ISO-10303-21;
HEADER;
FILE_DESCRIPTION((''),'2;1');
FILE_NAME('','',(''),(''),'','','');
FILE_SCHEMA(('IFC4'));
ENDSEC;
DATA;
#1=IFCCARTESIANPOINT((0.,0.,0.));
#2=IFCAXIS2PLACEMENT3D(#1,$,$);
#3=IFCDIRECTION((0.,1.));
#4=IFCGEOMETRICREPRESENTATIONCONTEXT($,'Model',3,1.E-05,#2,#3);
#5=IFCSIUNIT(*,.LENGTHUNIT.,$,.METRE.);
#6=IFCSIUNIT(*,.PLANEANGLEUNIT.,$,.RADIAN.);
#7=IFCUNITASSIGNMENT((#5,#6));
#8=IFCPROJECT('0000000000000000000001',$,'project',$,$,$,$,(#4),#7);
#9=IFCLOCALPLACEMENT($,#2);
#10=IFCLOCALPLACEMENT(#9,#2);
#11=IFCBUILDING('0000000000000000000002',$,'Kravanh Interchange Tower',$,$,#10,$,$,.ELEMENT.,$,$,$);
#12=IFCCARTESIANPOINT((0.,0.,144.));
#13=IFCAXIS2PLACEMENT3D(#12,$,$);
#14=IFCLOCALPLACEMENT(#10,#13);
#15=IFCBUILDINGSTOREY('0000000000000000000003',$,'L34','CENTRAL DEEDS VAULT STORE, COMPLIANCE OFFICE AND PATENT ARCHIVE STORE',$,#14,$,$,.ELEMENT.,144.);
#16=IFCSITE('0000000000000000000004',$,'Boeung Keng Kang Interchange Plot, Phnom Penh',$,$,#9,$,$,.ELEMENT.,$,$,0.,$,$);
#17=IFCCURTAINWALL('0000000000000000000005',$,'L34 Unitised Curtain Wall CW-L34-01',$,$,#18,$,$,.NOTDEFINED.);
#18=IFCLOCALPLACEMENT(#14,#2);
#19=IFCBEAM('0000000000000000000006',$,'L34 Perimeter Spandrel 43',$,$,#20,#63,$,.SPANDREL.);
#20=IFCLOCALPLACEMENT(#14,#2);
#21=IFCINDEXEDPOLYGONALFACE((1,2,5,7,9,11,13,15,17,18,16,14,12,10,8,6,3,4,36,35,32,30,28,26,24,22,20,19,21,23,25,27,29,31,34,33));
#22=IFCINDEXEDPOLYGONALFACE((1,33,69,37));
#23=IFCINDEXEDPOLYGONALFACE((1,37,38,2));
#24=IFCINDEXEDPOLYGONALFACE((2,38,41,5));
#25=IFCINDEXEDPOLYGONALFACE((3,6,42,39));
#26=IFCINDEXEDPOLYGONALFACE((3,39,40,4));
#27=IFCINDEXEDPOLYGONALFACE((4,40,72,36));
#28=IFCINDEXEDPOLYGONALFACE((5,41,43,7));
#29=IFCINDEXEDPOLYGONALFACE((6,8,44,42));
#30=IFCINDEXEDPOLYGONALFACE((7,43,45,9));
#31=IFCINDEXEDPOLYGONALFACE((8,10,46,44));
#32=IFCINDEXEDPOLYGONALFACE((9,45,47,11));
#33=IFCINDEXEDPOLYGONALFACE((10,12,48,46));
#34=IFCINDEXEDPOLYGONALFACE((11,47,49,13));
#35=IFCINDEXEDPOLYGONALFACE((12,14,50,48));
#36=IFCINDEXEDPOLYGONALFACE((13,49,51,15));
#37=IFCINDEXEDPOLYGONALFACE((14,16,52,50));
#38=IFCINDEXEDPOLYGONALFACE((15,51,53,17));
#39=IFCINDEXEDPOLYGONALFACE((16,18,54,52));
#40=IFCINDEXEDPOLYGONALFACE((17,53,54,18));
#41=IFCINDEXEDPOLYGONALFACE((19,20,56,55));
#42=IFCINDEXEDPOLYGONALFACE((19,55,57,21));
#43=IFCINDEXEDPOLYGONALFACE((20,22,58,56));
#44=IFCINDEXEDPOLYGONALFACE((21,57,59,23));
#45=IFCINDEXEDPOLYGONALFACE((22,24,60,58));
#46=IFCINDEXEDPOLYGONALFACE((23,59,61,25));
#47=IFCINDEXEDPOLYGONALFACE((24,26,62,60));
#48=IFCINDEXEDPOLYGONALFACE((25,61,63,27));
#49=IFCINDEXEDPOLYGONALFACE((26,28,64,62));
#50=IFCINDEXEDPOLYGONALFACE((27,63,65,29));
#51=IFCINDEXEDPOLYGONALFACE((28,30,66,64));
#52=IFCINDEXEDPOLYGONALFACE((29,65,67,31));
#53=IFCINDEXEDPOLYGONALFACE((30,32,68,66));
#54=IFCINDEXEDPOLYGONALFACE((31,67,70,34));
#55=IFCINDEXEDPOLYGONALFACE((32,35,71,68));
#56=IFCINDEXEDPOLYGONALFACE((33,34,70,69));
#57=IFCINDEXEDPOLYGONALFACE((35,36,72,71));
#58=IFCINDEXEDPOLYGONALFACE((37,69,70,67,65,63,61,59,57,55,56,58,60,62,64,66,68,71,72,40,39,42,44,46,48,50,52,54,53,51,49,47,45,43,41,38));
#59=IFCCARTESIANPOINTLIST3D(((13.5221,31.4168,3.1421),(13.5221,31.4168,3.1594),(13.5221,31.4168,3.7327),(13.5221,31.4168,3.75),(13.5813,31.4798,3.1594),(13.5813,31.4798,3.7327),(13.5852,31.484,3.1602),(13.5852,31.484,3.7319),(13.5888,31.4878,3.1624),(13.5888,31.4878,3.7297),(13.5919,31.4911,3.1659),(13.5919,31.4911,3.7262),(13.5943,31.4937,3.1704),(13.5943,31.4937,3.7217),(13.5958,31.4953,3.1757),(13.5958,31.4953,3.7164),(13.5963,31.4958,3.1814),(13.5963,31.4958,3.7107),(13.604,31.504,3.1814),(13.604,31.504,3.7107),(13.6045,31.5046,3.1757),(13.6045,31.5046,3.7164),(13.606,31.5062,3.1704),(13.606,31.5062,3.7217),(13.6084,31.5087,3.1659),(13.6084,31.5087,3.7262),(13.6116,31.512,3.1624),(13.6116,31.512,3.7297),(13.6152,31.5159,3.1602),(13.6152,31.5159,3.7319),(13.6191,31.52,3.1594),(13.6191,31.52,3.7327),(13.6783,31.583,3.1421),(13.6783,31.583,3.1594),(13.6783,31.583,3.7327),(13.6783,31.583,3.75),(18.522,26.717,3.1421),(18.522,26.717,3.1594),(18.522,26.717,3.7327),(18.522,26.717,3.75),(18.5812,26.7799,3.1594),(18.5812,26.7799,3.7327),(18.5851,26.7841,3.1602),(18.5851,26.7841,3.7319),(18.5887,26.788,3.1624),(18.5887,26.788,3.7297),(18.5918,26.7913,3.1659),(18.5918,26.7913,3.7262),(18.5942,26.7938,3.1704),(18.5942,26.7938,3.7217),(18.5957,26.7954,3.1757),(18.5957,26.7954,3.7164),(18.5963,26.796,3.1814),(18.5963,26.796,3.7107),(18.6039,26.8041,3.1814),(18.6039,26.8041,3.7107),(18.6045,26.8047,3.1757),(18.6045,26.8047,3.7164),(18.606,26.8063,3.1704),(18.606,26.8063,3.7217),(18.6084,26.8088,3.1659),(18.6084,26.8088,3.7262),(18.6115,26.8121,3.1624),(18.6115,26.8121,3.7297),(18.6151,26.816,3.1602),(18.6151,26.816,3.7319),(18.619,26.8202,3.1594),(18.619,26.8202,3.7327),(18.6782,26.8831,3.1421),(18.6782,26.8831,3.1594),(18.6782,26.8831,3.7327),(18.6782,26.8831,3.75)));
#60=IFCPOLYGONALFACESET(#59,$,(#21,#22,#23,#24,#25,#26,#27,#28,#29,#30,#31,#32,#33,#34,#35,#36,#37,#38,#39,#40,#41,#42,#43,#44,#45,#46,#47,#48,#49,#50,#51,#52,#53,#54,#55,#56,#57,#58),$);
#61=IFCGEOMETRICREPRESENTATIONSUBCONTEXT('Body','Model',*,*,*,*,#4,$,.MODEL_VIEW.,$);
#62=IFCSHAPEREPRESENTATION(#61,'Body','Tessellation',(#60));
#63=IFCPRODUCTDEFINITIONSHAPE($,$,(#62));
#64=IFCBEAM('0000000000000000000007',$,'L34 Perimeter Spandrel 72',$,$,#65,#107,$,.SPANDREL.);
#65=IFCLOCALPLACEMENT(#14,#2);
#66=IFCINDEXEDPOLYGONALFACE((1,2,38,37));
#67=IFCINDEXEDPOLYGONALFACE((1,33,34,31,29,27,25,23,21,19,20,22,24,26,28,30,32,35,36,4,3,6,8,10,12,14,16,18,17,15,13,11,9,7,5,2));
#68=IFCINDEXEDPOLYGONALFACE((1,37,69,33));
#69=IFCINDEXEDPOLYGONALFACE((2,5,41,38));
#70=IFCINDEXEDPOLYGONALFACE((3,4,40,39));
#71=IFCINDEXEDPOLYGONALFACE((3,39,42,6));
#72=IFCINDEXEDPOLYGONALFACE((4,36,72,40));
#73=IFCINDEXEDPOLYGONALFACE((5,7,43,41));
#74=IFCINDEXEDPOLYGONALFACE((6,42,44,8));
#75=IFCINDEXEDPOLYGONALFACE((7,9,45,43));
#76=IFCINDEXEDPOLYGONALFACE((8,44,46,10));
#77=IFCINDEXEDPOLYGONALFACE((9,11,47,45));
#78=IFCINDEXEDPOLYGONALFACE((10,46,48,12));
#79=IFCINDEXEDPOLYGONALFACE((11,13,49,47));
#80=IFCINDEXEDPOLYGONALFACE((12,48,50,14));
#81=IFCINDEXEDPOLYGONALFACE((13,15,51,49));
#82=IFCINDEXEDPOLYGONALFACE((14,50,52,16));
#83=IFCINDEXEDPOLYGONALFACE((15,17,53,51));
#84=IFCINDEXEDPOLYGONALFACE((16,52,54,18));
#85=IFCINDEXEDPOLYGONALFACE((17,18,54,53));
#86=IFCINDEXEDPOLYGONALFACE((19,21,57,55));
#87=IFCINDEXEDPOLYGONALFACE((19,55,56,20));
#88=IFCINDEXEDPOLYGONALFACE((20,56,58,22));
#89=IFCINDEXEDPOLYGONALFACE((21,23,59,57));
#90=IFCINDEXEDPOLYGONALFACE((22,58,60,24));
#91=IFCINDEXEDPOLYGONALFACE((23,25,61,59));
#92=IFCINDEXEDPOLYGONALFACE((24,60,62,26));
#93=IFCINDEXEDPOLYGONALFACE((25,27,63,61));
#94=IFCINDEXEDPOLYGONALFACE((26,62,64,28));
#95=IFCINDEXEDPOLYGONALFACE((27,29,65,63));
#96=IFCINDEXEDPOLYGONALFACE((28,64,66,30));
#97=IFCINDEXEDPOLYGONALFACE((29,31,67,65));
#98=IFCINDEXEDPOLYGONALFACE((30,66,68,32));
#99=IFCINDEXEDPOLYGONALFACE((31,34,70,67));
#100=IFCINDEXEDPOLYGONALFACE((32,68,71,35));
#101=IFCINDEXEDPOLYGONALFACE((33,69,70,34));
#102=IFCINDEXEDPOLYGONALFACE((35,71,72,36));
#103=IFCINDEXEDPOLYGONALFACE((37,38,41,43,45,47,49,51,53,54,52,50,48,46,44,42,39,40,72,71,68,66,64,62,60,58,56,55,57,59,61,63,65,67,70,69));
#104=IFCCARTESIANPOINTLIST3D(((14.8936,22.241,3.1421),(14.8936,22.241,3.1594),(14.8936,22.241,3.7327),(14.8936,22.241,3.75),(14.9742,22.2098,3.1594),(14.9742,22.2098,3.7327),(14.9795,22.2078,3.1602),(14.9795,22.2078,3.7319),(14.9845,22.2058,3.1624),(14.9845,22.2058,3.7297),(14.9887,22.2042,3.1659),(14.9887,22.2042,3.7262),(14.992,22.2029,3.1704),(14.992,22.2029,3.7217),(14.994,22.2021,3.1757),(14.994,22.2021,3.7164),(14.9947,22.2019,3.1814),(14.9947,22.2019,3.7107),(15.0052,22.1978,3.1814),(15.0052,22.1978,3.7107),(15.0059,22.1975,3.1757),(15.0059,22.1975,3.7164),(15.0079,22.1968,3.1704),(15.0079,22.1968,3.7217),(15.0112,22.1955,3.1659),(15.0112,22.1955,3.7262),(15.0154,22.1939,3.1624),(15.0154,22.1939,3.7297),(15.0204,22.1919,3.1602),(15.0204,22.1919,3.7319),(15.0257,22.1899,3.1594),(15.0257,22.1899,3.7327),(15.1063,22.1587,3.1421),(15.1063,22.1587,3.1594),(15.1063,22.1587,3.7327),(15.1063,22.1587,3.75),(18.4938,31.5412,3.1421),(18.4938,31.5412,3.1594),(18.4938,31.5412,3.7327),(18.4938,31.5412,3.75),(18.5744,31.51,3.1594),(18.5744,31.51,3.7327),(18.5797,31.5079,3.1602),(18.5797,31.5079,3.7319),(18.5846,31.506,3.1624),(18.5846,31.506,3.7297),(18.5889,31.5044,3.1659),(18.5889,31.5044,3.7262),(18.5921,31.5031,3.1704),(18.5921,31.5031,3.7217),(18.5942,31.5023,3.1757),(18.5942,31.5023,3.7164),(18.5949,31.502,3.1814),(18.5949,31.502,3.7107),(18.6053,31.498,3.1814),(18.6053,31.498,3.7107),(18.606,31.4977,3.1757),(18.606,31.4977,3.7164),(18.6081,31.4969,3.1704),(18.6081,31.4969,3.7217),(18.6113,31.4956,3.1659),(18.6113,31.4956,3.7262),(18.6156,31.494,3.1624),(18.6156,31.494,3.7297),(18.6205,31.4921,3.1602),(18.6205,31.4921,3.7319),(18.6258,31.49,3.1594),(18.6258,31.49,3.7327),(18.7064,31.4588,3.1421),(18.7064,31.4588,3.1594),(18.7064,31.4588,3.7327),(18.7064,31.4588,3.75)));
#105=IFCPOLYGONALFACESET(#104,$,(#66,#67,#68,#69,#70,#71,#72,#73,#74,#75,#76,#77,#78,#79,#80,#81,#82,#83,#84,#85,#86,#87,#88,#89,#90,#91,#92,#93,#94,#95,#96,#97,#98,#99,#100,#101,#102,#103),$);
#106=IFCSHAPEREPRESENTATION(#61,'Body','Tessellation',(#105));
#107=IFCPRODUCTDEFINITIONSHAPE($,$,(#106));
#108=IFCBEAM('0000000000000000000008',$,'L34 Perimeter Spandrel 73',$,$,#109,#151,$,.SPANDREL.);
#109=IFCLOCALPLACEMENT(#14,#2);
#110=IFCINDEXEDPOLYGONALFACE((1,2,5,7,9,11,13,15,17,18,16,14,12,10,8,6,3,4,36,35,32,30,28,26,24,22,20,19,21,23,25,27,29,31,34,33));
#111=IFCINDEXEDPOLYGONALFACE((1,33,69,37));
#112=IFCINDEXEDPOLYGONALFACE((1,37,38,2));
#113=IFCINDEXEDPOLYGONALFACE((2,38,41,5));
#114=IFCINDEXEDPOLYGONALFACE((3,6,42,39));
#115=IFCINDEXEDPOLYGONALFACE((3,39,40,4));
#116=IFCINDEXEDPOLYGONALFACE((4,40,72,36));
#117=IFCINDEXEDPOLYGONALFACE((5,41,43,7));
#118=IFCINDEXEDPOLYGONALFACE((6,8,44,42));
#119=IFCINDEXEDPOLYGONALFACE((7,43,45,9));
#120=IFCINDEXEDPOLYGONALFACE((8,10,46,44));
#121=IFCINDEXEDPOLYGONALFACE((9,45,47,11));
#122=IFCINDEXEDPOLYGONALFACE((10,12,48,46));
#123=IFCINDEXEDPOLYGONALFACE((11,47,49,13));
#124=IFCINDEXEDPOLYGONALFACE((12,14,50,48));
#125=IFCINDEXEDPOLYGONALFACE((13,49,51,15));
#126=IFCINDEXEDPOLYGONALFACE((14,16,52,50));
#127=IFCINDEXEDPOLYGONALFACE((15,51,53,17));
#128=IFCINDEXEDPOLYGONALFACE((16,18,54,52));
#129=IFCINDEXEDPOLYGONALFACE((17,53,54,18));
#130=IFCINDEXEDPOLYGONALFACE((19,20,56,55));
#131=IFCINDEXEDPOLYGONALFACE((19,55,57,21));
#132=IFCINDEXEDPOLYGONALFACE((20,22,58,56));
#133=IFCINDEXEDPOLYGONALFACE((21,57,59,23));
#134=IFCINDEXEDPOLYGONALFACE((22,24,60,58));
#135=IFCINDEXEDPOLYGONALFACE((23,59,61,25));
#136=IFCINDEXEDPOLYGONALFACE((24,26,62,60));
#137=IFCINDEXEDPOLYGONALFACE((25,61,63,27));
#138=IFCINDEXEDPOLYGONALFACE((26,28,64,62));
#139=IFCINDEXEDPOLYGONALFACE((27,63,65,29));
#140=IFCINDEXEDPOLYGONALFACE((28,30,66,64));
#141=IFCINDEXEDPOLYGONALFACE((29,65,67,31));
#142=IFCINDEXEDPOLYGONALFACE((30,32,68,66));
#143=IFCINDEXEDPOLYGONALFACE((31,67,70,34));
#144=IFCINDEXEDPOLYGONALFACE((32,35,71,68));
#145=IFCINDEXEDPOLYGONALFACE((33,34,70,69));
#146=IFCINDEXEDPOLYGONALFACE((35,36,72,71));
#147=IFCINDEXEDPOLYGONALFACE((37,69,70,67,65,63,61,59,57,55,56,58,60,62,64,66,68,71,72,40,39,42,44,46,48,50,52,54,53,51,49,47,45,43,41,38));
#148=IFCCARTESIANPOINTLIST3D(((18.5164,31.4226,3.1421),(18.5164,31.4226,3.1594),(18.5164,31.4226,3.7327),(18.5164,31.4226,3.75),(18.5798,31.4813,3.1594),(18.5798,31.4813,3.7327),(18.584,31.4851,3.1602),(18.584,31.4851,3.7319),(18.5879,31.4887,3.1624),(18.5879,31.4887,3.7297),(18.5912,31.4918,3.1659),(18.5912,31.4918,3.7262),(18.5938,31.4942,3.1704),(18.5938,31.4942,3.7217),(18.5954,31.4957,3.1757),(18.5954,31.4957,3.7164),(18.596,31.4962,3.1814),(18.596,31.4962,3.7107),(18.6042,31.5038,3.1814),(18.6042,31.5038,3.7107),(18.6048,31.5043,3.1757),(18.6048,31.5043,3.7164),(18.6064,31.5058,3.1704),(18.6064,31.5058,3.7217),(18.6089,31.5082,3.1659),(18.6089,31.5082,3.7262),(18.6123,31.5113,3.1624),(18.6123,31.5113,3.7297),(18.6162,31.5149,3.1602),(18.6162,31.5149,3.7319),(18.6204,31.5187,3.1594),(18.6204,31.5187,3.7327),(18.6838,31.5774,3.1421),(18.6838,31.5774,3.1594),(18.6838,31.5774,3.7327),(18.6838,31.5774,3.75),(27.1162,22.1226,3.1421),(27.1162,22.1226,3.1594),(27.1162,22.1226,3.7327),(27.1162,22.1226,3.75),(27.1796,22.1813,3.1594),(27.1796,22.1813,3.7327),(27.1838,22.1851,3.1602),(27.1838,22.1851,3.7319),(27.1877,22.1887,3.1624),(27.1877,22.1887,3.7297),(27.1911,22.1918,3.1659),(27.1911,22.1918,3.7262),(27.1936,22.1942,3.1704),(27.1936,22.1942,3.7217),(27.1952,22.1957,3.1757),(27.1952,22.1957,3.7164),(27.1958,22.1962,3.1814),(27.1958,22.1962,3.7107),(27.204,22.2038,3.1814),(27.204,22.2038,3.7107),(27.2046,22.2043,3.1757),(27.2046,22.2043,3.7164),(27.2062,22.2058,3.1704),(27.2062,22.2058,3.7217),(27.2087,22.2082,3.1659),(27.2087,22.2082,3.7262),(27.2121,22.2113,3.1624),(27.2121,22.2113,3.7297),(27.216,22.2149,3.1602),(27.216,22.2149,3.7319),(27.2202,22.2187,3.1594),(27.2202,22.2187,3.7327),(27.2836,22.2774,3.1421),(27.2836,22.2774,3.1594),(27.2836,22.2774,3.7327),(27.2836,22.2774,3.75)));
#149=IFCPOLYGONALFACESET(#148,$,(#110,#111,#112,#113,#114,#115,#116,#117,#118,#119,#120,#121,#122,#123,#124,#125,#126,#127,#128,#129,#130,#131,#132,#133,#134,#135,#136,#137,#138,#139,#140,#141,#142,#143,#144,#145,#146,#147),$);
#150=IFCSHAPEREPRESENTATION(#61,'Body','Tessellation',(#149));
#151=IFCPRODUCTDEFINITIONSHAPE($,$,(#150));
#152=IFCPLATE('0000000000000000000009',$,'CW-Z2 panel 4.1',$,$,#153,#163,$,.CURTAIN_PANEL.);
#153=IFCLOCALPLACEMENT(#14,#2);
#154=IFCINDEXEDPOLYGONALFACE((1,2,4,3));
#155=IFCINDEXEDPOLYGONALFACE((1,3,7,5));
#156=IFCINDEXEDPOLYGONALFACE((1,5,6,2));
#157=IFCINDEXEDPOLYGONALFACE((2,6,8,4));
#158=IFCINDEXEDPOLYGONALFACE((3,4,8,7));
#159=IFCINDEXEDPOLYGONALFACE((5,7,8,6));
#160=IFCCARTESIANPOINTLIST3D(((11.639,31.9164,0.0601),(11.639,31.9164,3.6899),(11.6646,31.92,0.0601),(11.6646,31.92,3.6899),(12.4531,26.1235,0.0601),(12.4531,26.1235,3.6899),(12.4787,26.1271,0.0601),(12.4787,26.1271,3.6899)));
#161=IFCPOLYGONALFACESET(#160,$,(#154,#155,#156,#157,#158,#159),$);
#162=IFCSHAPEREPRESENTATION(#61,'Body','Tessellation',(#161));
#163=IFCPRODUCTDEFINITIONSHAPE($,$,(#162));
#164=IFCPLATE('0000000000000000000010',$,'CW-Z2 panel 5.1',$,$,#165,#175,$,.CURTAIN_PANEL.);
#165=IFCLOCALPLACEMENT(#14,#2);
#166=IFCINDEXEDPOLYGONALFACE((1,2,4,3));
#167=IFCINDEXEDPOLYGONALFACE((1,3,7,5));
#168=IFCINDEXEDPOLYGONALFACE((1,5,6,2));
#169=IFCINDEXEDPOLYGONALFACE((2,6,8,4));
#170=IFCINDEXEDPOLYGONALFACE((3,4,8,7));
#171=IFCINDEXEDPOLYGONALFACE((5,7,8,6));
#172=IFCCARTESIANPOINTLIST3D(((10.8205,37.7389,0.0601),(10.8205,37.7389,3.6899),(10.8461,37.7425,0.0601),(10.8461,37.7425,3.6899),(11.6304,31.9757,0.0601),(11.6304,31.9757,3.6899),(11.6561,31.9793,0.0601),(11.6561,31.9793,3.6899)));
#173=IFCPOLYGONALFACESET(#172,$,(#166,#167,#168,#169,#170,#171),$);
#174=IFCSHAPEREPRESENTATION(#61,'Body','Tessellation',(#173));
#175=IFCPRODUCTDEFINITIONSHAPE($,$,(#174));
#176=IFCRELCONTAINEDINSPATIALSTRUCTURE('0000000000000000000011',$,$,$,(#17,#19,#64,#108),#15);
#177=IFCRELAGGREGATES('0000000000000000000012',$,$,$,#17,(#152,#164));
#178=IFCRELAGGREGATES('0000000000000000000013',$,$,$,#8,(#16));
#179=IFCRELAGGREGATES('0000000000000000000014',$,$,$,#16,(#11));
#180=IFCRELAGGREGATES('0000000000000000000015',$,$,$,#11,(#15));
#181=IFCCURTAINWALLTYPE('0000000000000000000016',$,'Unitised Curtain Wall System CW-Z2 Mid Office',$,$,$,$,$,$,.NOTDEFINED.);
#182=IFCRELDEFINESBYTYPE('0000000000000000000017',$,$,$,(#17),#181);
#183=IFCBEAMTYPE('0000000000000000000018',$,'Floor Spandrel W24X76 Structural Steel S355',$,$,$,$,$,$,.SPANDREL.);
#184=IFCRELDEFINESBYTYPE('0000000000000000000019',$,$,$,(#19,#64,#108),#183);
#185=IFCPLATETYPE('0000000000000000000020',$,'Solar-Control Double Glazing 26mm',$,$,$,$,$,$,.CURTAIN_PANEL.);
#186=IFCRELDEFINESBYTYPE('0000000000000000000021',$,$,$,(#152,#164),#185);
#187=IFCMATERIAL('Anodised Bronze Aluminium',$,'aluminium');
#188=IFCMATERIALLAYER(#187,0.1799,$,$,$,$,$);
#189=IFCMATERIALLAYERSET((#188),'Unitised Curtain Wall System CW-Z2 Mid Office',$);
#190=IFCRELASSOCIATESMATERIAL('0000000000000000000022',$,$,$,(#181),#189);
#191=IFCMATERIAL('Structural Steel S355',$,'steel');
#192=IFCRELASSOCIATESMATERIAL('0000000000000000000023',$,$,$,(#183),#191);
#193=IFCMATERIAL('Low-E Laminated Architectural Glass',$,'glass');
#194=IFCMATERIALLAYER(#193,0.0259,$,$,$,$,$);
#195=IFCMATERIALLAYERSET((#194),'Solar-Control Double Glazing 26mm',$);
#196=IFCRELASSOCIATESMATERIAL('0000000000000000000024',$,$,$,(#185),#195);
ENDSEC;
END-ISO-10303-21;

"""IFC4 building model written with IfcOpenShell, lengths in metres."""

from ifc_helpers import new_model, si_unit, direction, frame, origin, origin_2d, place, context, subcontext, project, spatial, rectangle, i_section, extrude, material, layer, layer_set, material_profile, profile_set, type_object, element, aggregate, save


model = new_model("IFC4")

# Units and contexts
model_context = context("Model", 3, precision=1e-05, world=origin(), true_north=direction((0.0, 1.0)))
body_context = subcontext(model_context, "Body", "Model", "MODEL_VIEW")
ifc_project = project(units=[si_unit("LENGTHUNIT", "METRE"), si_unit("PLANEANGLEUNIT", "RADIAN")], contexts=[model_context])

# Site, building, storey
site_placement = place(None, origin())
site = spatial("IfcSite", under=ifc_project, at=site_placement, Name="Boeung Keng Kang Interchange Plot, Phnom Penh", CompositionType="ELEMENT", RefElevation=0.0)
building_placement = place(site_placement, origin())
building = spatial("IfcBuilding", under=site, at=building_placement, Name="Kravanh Interchange Tower", CompositionType="ELEMENT")
storey_placement = place(building_placement, frame((0.0, 0.0, 144.0)))
storey = spatial("IfcBuildingStorey", under=building, at=storey_placement, Name="L34", Description="CENTRAL DEEDS VAULT STORE, COMPLIANCE OFFICE AND PATENT ARCHIVE STORE", CompositionType="ELEMENT", Elevation=144.0)

# Curtain wall
ifc_material_1 = material(Name="Anodised Bronze Aluminium", Category="aluminium")
ifc_layer_1 = layer(ifc_material_1, 0.1799)
ifc_layer_set_1 = layer_set([ifc_layer_1], Name="Unitised Curtain Wall System CW-Z2 Mid Office")
curtain_wall_type = type_object("IfcCurtainWallType", Name="Unitised Curtain Wall System CW-Z2 Mid Office", PredefinedType="NOTDEFINED", material=ifc_layer_set_1)
curtain_wall_placement = place(storey_placement, origin())
curtain_wall = element("IfcCurtainWall", 1, at=curtain_wall_placement, inside=storey, type_object=curtain_wall_type, Name="L34 Unitised Curtain Wall CW-L34-01", PredefinedType="NOTDEFINED")

# Beams
ifc_material_2 = material(Name="Structural Steel S355", Category="steel")
ifc_material_profile_1 = material_profile(ifc_material_2, i_section(OverallWidth=0.228, OverallDepth=0.6079, WebThickness=0.0112, FlangeThickness=0.0173, FilletRadius=0.022, at=origin_2d()), Name="W24X76")
ifc_profile_set_1 = profile_set([ifc_material_profile_1], Name="Structural Steel S355")
beam_type_1 = type_object("IfcBeamType", Name="Floor Spandrel W24X76 Structural Steel S355", PredefinedType="SPANDREL", material=ifc_profile_set_1)
beam_1_placement = place(storey_placement, frame((18.6001, 26.8, 3.446), z_axis=(-0.728631, 0.684906, 0.0), x_axis=(-0.684906, -0.728631, 0.0)))
element("IfcBeam", 2, at=beam_1_placement, inside=storey, type_object=beam_type_1, Name="L34 Perimeter Spandrel 43", PredefinedType="SPANDREL", context=body_context, shape_type="SweptSolid", body=[
    extrude(i_section(OverallWidth=0.228, OverallDepth=0.6079, WebThickness=0.0112, FlangeThickness=0.0173, FilletRadius=0.022, at=origin_2d()), origin(), (0.0, 0.0, 1.0), 6.8621),
])
beam_2_placement = place(storey_placement, frame((18.6001, 31.5, 3.446), z_axis=(-0.361001, -0.932565, 0.0), x_axis=(0.932565, -0.361001, 0.0)))
element("IfcBeam", 3, at=beam_2_placement, inside=storey, type_object=beam_type_1, Name="L34 Perimeter Spandrel 72", PredefinedType="SPANDREL", context=body_context, shape_type="SweptSolid", body=[
    extrude(i_section(OverallWidth=0.228, OverallDepth=0.6079, WebThickness=0.0112, FlangeThickness=0.0173, FilletRadius=0.022, at=origin_2d()), origin(), (0.0, 0.0, 1.0), 9.9727),
])
beam_3_placement = place(storey_placement, frame((18.6001, 31.5, 3.446), z_axis=(0.678927, -0.734205, 0.0), x_axis=(0.734205, 0.678927, 0.0)))
element("IfcBeam", 4, at=beam_3_placement, inside=storey, type_object=beam_type_1, Name="L34 Perimeter Spandrel 73", PredefinedType="SPANDREL", context=body_context, shape_type="SweptSolid", body=[
    extrude(i_section(OverallWidth=0.228, OverallDepth=0.6079, WebThickness=0.0112, FlangeThickness=0.0173, FilletRadius=0.022, at=origin_2d()), origin(), (0.0, 0.0, 1.0), 12.6667),
])

# Plates
ifc_material_3 = material(Name="Low-E Laminated Architectural Glass", Category="glass")
ifc_layer_2 = layer(ifc_material_3, 0.0259)
ifc_layer_set_2 = layer_set([ifc_layer_2], Name="Solar-Control Double Glazing 26mm")
plate_type = type_object("IfcPlateType", Name="Solar-Control Double Glazing 26mm", PredefinedType="CURTAIN_PANEL", material=ifc_layer_set_2)
plate_1_placement = place(storey_placement, frame((12.0588, 29.0217, 0.0601), z_axis=(0.0, 0.0, 1.0), x_axis=(-0.139173, 0.990268, 0.0)))
plate_1 = element("IfcPlate", 5, at=plate_1_placement, type_object=plate_type, Name="CW-Z2 panel 4.1", PredefinedType="CURTAIN_PANEL", context=body_context, shape_type="SweptSolid", body=[
    extrude(rectangle(XDim=5.8499, YDim=0.0259, at=origin_2d()), origin(), (0.0, 0.0, 1.0), 3.6299),
])
plate_2_placement = place(storey_placement, frame((11.2383, 34.8591, 0.0601), z_axis=(0.0, 0.0, 1.0), x_axis=(-0.139173, 0.990268, 0.0)))
plate_2 = element("IfcPlate", 6, at=plate_2_placement, type_object=plate_type, Name="CW-Z2 panel 5.1", PredefinedType="CURTAIN_PANEL", context=body_context, shape_type="SweptSolid", body=[
    extrude(rectangle(XDim=5.8198, YDim=0.0259, at=origin_2d()), origin(), (0.0, 0.0, 1.0), 3.6299),
])
aggregate(curtain_wall, [plate_1, plate_2])

save(model, "model.ifc")
